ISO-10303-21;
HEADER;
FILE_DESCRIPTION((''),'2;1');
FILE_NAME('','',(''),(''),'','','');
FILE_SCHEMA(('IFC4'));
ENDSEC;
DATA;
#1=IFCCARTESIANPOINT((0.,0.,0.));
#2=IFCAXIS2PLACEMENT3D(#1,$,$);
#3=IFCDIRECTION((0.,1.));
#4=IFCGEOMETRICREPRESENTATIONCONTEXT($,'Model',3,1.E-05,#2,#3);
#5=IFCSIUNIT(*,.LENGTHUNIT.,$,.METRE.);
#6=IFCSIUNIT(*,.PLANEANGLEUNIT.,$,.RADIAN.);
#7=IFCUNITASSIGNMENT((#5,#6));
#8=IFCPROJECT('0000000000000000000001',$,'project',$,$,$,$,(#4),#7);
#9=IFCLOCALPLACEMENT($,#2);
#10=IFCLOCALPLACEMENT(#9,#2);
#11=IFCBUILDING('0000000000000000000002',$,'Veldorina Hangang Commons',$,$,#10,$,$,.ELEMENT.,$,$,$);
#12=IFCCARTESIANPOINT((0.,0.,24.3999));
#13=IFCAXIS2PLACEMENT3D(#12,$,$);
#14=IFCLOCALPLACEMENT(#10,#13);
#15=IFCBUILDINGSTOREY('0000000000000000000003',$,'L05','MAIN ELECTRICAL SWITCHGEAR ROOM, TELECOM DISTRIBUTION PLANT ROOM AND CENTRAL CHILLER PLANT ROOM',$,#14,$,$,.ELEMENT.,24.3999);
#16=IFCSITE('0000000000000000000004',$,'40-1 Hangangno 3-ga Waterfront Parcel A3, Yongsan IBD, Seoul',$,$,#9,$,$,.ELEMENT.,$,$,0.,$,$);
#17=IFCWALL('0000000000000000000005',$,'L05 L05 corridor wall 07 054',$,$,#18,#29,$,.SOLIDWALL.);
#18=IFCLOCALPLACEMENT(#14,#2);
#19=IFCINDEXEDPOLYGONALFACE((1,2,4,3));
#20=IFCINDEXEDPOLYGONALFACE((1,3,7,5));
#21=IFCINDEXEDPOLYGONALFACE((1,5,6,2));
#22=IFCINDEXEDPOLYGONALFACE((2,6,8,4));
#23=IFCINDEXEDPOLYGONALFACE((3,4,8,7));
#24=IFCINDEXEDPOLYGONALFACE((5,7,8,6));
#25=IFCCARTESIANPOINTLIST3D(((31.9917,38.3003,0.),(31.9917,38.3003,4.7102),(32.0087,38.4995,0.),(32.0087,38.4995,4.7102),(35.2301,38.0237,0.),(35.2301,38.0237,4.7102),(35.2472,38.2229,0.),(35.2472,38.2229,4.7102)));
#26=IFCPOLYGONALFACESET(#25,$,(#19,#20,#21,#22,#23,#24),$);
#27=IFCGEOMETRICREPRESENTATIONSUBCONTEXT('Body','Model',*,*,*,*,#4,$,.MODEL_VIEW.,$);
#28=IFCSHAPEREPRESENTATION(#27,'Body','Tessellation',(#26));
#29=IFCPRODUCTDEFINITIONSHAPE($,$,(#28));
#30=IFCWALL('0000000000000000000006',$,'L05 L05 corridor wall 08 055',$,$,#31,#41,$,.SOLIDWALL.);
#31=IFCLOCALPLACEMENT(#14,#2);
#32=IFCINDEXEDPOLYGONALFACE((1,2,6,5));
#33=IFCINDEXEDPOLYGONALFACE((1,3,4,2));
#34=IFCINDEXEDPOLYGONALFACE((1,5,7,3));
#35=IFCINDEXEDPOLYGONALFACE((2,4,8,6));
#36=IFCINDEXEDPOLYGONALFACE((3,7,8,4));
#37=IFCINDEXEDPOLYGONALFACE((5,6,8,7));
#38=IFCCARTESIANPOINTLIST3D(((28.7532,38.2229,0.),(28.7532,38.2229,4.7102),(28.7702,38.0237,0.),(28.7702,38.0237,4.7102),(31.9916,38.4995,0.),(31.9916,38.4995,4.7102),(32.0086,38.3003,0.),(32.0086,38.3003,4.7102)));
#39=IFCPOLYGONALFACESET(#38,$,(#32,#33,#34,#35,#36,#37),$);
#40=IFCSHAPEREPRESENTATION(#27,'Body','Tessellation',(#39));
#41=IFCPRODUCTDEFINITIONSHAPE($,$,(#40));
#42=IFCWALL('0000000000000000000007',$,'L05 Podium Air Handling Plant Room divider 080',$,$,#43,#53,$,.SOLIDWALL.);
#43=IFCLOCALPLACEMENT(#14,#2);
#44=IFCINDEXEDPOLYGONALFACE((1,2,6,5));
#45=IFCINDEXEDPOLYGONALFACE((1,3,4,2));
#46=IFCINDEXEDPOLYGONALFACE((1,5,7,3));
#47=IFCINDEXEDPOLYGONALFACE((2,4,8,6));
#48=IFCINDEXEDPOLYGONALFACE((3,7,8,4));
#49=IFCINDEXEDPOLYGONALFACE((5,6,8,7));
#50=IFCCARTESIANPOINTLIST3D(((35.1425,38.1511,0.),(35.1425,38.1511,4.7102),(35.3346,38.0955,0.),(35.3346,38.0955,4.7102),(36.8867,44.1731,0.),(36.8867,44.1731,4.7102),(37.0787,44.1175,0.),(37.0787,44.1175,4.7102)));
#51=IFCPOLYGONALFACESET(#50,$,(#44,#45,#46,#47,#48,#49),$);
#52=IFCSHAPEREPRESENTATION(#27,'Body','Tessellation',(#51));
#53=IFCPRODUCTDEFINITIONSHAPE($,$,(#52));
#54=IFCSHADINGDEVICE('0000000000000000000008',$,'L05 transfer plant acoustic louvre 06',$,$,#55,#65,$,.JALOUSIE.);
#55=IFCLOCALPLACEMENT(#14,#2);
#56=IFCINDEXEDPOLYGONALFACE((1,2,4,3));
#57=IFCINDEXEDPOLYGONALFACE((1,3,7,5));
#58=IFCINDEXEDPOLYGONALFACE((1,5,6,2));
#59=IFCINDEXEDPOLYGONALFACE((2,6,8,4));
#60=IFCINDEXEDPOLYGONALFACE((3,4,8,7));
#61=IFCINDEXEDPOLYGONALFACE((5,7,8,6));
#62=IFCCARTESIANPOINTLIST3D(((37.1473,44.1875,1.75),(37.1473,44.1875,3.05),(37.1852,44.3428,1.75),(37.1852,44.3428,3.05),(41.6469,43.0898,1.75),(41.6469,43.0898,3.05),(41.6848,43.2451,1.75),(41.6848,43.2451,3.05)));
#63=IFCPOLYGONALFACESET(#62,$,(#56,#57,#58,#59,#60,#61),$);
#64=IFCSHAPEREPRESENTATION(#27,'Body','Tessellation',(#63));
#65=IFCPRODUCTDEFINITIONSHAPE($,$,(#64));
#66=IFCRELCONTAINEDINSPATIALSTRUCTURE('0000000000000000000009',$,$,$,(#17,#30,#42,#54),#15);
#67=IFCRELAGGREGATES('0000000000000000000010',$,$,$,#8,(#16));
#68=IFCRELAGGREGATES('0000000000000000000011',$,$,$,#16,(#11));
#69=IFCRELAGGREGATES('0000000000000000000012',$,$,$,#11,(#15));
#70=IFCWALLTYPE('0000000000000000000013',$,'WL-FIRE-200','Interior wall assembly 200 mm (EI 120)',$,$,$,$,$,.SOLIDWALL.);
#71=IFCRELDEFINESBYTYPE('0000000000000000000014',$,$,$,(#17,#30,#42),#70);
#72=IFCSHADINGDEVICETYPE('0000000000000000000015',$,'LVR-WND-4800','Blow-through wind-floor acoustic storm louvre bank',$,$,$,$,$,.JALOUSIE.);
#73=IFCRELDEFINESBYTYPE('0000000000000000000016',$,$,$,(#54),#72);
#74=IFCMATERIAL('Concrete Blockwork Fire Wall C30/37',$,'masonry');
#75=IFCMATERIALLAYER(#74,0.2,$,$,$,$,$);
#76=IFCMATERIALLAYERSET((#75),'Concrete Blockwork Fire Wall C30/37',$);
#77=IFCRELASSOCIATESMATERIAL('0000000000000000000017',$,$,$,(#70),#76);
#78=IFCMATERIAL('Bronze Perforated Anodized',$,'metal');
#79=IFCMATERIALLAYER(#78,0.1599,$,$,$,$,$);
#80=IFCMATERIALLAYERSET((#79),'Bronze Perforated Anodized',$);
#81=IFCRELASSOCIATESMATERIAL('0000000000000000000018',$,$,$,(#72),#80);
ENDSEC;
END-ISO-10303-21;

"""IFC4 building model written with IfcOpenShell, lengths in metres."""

from ifc_helpers import new_model, si_unit, direction, frame, frame_2d, origin, origin_2d, place, context, subcontext, project, spatial, rectangle, extrude, material, layer, layer_set, type_object, element, save


model = new_model("IFC4")

# Units and contexts
model_context = context("Model", 3, precision=1e-05, world=origin(), true_north=direction((0.0, 1.0)))
body_context = subcontext(model_context, "Body", "Model", "MODEL_VIEW")
ifc_project = project(units=[si_unit("LENGTHUNIT", "METRE"), si_unit("PLANEANGLEUNIT", "RADIAN")], contexts=[model_context])

# Site, building, storey
site_placement = place(None, origin())
site = spatial("IfcSite", under=ifc_project, at=site_placement, Name="40-1 Hangangno 3-ga Waterfront Parcel A3, Yongsan IBD, Seoul", CompositionType="ELEMENT", RefElevation=0.0)
building_placement = place(site_placement, origin())
building = spatial("IfcBuilding", under=site, at=building_placement, Name="Veldorina Hangang Commons", CompositionType="ELEMENT")
storey_placement = place(building_placement, frame((0.0, 0.0, 24.3999)))
storey = spatial("IfcBuildingStorey", under=building, at=storey_placement, Name="L05", Description="MAIN ELECTRICAL SWITCHGEAR ROOM, TELECOM DISTRIBUTION PLANT ROOM AND CENTRAL CHILLER PLANT ROOM", CompositionType="ELEMENT", Elevation=24.3999)

# Walls
ifc_material_1 = material(Name="Concrete Blockwork Fire Wall C30/37", Category="masonry")
ifc_layer_1 = layer(ifc_material_1, 0.2)
ifc_layer_set_1 = layer_set([ifc_layer_1], Name="Concrete Blockwork Fire Wall C30/37")
wall_type_1 = type_object("IfcWallType", Name="WL-FIRE-200", Description="Interior wall assembly 200 mm (EI 120)", PredefinedType="SOLIDWALL", material=ifc_layer_set_1)
for number, where, z_axis, x_axis, name in (
    (1, (35.2385, 38.1233, 0.0), (0.0, 0.0, 1.0), (-0.996372, 0.085103, 0.0), "L05 L05 corridor wall 07 054"),
    (2, (32.0, 38.3999, 0.0), (0.0, 0.0, 1.0), (-0.996372, -0.085103, 0.0), "L05 L05 corridor wall 08 055"),
):
    element("IfcWall", number, at=place(storey_placement, frame(where, z_axis=z_axis, x_axis=x_axis)), inside=storey, type_object=wall_type_1, Name=name, PredefinedType="SOLIDWALL", context=body_context, shape_type="SweptSolid", body=[
        extrude(rectangle(XDim=3.2502, YDim=0.2, at=frame_2d((1.625, 0.0))), origin(), (0.0, 0.0, 1.0), 4.7102),
    ])
wall_1_placement = place(storey_placement, frame((35.2385, 38.1233, 0.0), z_axis=(0.0, 0.0, 1.0), x_axis=(0.278196, 0.960524, 0.0)))
element("IfcWall", 3, at=wall_1_placement, inside=storey, type_object=wall_type_1, Name="L05 Podium Air Handling Plant Room divider 080", PredefinedType="SOLIDWALL", context=body_context, shape_type="SweptSolid", body=[
    extrude(rectangle(XDim=6.2695, YDim=0.2, at=frame_2d((3.1348, 0.0))), origin(), (0.0, 0.0, 1.0), 4.7102),
])

# Shading device
ifc_material_2 = material(Name="Bronze Perforated Anodized", Category="metal")
ifc_layer_2 = layer(ifc_material_2, 0.1599)
ifc_layer_set_2 = layer_set([ifc_layer_2], Name="Bronze Perforated Anodized")
shading_device_type = type_object("IfcShadingDeviceType", Name="LVR-WND-4800", Description="Blow-through wind-floor acoustic storm louvre bank", PredefinedType="JALOUSIE", material=ifc_layer_set_2)
shading_device_placement = place(storey_placement, frame((39.416, 43.7163, 1.75), z_axis=(0.0, 0.0, 1.0), x_axis=(-0.971508, 0.237008, 0.0)))
element("IfcShadingDevice", 4, at=shading_device_placement, inside=storey, type_object=shading_device_type, Name="L05 transfer plant acoustic louvre 06", PredefinedType="JALOUSIE", context=body_context, shape_type="SweptSolid", body=[
    extrude(rectangle(XDim=4.6316, YDim=0.1599, at=origin_2d()), origin(), (0.0, 0.0, 1.0), 1.3),
])

save(model, "model.ifc")
